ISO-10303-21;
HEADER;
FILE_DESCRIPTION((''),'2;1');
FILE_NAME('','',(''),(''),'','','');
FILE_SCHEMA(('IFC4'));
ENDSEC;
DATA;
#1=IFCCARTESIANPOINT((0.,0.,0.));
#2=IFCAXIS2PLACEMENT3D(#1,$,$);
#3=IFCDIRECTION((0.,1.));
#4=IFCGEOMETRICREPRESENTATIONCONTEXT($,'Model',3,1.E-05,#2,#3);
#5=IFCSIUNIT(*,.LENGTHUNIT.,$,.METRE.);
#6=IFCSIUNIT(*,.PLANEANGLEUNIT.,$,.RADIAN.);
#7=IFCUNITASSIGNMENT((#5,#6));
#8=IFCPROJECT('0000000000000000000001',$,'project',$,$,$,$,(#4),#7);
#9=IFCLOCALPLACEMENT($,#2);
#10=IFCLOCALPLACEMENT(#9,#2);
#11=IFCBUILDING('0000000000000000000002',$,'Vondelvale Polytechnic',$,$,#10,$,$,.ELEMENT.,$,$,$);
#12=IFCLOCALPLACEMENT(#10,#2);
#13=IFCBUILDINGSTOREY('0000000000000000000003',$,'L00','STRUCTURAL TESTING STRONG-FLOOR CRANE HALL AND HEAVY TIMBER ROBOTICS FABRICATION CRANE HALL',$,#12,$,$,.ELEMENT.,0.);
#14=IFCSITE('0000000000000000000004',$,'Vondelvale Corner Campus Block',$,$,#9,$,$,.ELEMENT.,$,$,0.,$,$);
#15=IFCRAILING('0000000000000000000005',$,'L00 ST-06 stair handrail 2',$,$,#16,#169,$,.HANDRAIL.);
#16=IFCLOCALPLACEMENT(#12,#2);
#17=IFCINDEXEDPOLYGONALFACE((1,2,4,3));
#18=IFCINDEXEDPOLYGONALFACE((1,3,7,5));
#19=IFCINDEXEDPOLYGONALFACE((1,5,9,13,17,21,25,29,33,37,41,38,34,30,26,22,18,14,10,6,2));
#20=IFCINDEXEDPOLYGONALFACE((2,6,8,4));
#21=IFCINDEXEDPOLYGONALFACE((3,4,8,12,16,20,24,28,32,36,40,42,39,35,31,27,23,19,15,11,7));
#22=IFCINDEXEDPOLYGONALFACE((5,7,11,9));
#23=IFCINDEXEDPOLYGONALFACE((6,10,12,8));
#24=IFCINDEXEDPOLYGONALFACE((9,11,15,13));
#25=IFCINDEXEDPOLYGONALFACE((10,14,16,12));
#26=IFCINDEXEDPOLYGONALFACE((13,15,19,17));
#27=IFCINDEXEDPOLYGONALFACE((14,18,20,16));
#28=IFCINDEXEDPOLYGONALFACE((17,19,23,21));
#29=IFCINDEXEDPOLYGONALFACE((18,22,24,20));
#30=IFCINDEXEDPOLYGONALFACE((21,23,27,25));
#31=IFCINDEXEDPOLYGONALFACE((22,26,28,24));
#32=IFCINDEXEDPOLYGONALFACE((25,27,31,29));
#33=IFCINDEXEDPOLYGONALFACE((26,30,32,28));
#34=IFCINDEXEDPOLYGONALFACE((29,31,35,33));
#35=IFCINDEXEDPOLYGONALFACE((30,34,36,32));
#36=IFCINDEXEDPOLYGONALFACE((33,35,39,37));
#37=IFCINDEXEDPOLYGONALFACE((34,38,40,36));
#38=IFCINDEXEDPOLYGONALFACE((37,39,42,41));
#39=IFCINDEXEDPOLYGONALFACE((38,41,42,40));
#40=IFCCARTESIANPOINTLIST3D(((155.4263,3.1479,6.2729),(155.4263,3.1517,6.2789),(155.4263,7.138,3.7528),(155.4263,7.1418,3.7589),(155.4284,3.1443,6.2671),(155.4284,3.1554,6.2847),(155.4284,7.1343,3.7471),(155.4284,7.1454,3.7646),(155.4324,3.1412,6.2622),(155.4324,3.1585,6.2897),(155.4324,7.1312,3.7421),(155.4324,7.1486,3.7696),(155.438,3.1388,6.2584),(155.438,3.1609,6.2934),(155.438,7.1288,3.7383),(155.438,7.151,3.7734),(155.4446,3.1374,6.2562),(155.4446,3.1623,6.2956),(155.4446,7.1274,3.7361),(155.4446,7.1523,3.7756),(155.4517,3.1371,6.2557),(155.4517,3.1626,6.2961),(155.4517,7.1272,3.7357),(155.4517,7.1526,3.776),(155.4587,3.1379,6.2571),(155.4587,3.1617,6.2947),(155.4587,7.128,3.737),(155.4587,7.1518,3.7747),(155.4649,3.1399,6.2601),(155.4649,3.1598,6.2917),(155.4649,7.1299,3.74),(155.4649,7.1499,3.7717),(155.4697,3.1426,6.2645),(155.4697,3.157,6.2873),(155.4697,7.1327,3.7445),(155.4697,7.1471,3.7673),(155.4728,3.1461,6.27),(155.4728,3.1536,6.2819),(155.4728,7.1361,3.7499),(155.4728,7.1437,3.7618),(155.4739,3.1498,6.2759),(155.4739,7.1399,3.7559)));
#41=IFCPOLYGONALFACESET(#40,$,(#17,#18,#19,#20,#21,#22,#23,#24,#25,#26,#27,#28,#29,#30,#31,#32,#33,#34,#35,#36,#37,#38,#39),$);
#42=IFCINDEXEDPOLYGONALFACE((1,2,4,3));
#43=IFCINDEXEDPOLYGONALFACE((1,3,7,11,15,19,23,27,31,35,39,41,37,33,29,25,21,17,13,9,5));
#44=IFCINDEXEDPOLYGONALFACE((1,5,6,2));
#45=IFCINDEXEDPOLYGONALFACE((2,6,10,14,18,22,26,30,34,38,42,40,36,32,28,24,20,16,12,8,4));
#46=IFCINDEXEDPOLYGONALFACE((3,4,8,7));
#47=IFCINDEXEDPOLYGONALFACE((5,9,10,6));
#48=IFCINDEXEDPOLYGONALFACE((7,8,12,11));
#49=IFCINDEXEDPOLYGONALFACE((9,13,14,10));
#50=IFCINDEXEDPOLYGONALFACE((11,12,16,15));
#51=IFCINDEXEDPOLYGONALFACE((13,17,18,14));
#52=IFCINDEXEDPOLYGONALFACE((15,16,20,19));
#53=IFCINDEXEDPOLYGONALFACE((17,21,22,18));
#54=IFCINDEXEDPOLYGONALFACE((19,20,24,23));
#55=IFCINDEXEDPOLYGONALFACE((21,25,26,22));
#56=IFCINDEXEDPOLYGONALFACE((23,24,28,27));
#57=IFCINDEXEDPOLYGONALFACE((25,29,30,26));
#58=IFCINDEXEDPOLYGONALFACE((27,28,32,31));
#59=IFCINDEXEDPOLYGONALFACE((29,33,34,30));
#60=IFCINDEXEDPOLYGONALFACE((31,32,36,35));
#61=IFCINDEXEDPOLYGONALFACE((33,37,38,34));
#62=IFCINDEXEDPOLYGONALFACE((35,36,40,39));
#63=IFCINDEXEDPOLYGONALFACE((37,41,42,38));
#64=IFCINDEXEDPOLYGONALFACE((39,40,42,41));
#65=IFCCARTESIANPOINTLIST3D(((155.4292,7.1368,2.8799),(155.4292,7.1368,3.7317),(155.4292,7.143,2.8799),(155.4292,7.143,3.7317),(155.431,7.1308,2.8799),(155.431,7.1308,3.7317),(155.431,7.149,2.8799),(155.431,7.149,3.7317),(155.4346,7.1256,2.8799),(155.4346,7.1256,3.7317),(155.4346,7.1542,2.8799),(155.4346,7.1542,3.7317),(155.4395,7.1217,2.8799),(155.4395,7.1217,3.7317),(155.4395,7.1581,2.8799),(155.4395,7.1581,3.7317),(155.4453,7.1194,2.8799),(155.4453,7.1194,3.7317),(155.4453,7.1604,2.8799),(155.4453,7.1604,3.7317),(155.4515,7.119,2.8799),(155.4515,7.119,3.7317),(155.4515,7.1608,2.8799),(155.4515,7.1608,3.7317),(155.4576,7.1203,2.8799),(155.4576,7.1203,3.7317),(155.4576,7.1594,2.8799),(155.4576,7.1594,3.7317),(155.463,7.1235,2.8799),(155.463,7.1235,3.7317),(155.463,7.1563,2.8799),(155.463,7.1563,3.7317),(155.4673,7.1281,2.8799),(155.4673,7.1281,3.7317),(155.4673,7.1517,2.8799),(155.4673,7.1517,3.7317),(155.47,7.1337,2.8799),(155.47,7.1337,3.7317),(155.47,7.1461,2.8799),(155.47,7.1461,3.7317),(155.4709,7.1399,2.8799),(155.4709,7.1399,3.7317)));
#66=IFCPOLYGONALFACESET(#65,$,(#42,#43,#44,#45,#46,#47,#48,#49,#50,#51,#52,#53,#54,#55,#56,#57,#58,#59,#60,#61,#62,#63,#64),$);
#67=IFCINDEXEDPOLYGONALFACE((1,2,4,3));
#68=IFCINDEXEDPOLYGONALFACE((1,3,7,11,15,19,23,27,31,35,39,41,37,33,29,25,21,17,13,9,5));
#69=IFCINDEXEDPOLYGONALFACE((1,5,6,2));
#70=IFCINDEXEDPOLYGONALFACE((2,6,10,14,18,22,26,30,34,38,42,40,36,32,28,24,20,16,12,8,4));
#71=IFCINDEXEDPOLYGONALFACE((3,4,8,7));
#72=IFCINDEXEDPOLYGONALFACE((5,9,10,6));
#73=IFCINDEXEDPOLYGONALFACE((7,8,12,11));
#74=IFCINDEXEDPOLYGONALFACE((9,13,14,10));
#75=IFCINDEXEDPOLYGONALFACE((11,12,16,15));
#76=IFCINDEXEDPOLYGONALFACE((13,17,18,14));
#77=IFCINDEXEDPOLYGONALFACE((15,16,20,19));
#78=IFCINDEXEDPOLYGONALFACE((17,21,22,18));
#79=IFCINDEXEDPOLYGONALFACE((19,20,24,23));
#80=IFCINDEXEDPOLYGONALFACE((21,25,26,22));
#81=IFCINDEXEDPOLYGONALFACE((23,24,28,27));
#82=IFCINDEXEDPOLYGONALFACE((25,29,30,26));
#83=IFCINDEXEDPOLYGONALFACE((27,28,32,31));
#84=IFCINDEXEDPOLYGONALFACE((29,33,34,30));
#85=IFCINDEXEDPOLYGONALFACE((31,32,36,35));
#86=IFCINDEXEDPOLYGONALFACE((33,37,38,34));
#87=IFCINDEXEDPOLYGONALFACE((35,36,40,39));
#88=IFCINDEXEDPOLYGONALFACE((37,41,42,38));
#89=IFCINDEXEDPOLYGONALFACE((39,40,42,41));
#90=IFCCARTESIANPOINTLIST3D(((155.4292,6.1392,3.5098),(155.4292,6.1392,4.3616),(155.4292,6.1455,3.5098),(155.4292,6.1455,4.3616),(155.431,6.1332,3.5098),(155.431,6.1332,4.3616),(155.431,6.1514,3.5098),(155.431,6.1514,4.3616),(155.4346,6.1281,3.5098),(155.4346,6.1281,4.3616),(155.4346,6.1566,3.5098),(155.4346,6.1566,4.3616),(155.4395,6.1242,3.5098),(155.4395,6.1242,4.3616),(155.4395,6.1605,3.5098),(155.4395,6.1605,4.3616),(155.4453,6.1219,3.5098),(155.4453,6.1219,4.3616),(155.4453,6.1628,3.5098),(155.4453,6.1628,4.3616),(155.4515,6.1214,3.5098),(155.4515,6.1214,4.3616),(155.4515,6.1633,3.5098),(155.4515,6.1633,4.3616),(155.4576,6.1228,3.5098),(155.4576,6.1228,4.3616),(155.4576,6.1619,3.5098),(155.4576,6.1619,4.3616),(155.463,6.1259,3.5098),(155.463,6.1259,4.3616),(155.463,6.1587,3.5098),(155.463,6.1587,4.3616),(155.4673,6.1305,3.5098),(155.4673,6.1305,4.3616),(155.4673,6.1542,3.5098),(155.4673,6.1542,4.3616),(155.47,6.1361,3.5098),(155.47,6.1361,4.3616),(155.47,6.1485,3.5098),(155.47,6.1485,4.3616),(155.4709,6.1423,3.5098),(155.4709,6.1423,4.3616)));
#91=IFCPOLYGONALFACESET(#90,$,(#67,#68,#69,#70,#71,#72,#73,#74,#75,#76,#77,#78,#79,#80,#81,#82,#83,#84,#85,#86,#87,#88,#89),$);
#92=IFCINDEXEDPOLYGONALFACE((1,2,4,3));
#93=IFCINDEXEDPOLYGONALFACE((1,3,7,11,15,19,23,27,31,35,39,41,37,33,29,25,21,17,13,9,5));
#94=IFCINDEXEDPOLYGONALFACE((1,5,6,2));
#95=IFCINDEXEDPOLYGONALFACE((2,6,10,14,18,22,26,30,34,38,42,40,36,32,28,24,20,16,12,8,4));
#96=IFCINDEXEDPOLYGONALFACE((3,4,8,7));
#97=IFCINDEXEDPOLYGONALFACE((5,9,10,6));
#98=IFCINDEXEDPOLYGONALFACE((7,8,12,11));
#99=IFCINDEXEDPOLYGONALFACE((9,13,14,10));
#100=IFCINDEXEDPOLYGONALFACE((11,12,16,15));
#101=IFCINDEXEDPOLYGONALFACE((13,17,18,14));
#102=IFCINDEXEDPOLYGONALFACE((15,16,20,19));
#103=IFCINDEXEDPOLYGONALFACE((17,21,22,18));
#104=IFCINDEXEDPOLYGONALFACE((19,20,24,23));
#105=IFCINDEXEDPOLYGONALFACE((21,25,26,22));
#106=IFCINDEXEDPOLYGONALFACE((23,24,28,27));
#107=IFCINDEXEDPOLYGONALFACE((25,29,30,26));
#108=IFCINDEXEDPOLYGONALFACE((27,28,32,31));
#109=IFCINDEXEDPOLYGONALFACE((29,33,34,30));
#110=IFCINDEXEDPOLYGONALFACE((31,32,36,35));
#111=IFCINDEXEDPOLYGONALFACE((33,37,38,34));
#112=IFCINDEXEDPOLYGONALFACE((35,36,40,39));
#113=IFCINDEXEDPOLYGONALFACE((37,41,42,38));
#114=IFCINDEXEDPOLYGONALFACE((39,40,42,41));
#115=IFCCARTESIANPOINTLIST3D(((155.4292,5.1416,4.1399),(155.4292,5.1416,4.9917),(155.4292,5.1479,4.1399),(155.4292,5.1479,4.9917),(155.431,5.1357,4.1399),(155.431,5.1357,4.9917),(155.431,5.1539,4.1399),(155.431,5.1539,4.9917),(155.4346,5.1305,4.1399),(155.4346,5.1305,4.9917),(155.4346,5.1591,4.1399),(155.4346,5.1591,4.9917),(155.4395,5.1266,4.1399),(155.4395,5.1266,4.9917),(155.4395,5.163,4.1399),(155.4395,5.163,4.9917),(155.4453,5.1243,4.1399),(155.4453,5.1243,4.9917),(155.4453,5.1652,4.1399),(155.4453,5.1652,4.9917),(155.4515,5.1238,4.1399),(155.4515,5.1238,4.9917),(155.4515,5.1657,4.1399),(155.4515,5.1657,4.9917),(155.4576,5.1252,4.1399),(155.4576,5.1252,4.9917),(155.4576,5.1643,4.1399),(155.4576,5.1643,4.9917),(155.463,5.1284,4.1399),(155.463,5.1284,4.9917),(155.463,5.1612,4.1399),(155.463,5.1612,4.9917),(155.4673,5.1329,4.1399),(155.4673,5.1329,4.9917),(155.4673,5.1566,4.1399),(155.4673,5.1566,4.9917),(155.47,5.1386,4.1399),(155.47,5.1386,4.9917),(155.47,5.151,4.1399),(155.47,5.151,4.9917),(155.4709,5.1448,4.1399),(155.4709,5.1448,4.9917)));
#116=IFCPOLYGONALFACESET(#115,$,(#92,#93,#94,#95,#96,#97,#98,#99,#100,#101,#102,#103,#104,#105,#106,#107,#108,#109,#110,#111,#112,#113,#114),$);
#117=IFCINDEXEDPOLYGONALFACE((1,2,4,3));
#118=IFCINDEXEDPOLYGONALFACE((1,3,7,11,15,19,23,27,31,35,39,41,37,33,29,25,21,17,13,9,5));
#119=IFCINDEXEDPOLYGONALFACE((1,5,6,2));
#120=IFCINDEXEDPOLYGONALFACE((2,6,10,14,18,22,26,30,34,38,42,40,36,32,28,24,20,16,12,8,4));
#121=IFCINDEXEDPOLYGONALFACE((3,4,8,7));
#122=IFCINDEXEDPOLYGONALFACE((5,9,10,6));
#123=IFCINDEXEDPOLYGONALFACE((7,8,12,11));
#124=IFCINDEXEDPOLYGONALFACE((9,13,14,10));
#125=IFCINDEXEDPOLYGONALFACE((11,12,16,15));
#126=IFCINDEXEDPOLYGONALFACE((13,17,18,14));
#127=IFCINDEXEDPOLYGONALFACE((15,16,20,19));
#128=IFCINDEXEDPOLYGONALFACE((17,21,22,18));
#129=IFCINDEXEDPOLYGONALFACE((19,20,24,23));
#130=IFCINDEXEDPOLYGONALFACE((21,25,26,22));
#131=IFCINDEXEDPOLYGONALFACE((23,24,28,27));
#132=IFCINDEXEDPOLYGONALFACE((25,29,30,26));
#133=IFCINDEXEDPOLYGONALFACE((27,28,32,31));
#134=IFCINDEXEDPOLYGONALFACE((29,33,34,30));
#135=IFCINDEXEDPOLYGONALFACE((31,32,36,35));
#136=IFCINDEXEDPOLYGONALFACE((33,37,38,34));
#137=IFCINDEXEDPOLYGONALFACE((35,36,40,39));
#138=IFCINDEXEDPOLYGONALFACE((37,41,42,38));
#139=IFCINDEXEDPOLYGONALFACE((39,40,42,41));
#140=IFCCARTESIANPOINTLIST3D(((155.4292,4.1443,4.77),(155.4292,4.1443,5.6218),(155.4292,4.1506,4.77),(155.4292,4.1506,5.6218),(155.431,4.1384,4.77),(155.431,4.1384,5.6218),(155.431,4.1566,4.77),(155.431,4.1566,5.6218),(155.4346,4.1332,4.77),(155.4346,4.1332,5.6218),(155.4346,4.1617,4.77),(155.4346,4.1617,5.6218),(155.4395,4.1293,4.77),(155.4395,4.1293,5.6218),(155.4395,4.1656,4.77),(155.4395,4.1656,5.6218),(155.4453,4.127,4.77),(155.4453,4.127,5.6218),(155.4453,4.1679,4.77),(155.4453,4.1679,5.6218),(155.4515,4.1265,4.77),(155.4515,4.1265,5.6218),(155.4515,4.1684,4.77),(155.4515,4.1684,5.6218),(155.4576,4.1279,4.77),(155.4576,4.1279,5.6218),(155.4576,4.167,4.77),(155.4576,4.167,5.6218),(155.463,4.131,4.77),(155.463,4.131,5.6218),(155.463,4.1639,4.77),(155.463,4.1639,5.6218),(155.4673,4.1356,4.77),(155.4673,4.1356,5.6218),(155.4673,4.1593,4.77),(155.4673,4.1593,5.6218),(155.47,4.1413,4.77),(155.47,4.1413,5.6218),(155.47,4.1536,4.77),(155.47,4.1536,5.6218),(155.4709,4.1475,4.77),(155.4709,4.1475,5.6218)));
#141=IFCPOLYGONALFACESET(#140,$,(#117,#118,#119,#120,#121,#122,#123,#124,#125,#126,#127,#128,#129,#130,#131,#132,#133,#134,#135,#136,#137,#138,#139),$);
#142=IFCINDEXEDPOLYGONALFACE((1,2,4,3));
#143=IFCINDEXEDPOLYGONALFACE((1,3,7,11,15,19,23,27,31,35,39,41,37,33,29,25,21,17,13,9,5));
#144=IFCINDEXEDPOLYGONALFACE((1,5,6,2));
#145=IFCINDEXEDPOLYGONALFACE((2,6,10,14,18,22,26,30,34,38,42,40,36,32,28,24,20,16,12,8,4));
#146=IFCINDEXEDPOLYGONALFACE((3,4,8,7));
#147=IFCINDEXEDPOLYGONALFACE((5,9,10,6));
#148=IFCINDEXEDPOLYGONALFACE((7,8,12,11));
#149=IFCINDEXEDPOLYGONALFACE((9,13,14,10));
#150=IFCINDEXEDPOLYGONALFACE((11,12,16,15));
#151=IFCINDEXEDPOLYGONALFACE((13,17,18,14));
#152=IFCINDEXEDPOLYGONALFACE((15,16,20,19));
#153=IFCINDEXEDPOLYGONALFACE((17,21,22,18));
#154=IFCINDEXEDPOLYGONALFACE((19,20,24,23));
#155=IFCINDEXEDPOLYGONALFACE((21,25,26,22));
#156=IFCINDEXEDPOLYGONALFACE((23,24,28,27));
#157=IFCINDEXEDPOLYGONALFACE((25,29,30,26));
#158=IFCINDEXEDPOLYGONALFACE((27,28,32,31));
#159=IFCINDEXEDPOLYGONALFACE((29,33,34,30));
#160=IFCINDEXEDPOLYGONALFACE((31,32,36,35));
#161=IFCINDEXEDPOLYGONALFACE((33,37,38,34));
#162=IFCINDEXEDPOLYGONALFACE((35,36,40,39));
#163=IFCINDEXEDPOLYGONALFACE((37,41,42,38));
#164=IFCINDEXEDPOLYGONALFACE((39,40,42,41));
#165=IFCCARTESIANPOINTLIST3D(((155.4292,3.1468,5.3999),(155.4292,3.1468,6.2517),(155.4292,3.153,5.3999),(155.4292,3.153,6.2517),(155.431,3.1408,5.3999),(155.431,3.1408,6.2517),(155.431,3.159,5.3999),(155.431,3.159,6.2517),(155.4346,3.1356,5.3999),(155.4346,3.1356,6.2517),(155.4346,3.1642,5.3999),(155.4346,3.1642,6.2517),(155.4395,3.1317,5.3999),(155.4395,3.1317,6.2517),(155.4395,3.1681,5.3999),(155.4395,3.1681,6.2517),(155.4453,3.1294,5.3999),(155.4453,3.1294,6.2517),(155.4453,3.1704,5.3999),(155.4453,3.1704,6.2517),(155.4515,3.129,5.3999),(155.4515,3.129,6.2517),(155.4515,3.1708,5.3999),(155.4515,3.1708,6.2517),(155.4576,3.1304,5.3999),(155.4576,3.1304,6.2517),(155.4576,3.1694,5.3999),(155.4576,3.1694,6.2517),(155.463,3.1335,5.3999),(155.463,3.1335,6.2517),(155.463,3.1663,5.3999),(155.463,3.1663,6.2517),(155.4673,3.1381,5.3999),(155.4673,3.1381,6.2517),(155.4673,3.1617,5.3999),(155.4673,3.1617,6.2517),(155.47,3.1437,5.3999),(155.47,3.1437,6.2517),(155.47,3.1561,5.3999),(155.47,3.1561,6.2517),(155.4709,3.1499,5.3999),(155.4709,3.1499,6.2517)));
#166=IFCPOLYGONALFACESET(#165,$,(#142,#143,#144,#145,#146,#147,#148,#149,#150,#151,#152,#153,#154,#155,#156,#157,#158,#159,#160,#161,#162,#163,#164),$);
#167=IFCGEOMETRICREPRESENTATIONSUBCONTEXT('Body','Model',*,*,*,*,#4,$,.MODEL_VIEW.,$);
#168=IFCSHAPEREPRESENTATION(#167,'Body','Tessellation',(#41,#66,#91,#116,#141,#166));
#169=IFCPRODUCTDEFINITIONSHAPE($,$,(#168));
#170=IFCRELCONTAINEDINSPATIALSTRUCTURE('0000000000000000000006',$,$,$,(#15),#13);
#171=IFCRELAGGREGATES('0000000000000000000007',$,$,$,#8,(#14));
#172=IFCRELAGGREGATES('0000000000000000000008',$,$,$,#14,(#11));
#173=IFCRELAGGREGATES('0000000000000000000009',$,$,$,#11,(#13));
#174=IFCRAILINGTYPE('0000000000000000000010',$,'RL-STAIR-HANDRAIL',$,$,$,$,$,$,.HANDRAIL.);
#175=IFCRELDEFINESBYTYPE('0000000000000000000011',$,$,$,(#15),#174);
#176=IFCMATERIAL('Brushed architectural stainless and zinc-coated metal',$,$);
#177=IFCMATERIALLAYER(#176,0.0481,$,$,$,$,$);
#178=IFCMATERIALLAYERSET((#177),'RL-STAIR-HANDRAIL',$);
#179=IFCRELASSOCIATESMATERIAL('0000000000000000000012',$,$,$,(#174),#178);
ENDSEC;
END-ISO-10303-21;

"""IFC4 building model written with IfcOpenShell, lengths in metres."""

from ifc_helpers import new_model, si_unit, direction, frame, origin, origin_2d, place, context, subcontext, project, spatial, circle, extrude, material, layer, layer_set, type_object, element, save


model = new_model("IFC4")

# Units and contexts
model_context = context("Model", 3, precision=1e-05, world=origin(), true_north=direction((0.0, 1.0)))
body_context = subcontext(model_context, "Body", "Model", "MODEL_VIEW")
ifc_project = project(units=[si_unit("LENGTHUNIT", "METRE"), si_unit("PLANEANGLEUNIT", "RADIAN")], contexts=[model_context])

# Site, building, storey
site_placement = place(None, origin())
site = spatial("IfcSite", under=ifc_project, at=site_placement, Name="Vondelvale Corner Campus Block", CompositionType="ELEMENT", RefElevation=0.0)
building_placement = place(site_placement, origin())
building = spatial("IfcBuilding", under=site, at=building_placement, Name="Vondelvale Polytechnic", CompositionType="ELEMENT")
storey_placement = place(building_placement, origin())
storey = spatial("IfcBuildingStorey", under=building, at=storey_placement, Name="L00", Description="STRUCTURAL TESTING STRONG-FLOOR CRANE HALL AND HEAVY TIMBER ROBOTICS FABRICATION CRANE HALL", CompositionType="ELEMENT", Elevation=0.0)

# Railing
ifc_material_1 = material(Name="Brushed architectural stainless and zinc-coated metal")
ifc_layer_1 = layer(ifc_material_1, 0.0481)
ifc_layer_set_1 = layer_set([ifc_layer_1], Name="RL-STAIR-HANDRAIL")
railing_type_1 = type_object("IfcRailingType", Name="RL-STAIR-HANDRAIL", PredefinedType="HANDRAIL", material=ifc_layer_set_1)
for number, where, name in (
    (1, (155.45, 7.1399, 2.8799), "L00 ST-06 stair handrail 2"),
):
    element("IfcRailing", number, at=place(storey_placement, frame(where)), inside=storey, type_object=railing_type_1, Name=name, PredefinedType="HANDRAIL", context=body_context, shape_type="SweptSolid", body=[
        extrude(circle(Radius=0.0239, at=origin_2d()), frame((0.0, 0.0, 0.876), z_axis=(0.0, -0.845486, 0.533997), x_axis=(1.0, 0.0, 0.0)), (0.0, 0.0, 1.0), 4.7192),
        extrude(circle(Radius=0.021, at=origin_2d()), origin(), (0.0, 0.0, 1.0), 0.8518),
        extrude(circle(Radius=0.021, at=origin_2d()), frame((0.0, -0.9976, 0.6299)), (0.0, 0.0, 1.0), 0.8518),
        extrude(circle(Radius=0.021, at=origin_2d()), frame((0.0, -1.9951, 1.26)), (0.0, 0.0, 1.0), 0.8518),
        extrude(circle(Radius=0.021, at=origin_2d()), frame((0.0, -2.9924, 1.8901)), (0.0, 0.0, 1.0), 0.8518),
        extrude(circle(Radius=0.021, at=origin_2d()), frame((0.0, -3.99, 2.52)), (0.0, 0.0, 1.0), 0.8518),
    ])

save(model, "model.ifc")
